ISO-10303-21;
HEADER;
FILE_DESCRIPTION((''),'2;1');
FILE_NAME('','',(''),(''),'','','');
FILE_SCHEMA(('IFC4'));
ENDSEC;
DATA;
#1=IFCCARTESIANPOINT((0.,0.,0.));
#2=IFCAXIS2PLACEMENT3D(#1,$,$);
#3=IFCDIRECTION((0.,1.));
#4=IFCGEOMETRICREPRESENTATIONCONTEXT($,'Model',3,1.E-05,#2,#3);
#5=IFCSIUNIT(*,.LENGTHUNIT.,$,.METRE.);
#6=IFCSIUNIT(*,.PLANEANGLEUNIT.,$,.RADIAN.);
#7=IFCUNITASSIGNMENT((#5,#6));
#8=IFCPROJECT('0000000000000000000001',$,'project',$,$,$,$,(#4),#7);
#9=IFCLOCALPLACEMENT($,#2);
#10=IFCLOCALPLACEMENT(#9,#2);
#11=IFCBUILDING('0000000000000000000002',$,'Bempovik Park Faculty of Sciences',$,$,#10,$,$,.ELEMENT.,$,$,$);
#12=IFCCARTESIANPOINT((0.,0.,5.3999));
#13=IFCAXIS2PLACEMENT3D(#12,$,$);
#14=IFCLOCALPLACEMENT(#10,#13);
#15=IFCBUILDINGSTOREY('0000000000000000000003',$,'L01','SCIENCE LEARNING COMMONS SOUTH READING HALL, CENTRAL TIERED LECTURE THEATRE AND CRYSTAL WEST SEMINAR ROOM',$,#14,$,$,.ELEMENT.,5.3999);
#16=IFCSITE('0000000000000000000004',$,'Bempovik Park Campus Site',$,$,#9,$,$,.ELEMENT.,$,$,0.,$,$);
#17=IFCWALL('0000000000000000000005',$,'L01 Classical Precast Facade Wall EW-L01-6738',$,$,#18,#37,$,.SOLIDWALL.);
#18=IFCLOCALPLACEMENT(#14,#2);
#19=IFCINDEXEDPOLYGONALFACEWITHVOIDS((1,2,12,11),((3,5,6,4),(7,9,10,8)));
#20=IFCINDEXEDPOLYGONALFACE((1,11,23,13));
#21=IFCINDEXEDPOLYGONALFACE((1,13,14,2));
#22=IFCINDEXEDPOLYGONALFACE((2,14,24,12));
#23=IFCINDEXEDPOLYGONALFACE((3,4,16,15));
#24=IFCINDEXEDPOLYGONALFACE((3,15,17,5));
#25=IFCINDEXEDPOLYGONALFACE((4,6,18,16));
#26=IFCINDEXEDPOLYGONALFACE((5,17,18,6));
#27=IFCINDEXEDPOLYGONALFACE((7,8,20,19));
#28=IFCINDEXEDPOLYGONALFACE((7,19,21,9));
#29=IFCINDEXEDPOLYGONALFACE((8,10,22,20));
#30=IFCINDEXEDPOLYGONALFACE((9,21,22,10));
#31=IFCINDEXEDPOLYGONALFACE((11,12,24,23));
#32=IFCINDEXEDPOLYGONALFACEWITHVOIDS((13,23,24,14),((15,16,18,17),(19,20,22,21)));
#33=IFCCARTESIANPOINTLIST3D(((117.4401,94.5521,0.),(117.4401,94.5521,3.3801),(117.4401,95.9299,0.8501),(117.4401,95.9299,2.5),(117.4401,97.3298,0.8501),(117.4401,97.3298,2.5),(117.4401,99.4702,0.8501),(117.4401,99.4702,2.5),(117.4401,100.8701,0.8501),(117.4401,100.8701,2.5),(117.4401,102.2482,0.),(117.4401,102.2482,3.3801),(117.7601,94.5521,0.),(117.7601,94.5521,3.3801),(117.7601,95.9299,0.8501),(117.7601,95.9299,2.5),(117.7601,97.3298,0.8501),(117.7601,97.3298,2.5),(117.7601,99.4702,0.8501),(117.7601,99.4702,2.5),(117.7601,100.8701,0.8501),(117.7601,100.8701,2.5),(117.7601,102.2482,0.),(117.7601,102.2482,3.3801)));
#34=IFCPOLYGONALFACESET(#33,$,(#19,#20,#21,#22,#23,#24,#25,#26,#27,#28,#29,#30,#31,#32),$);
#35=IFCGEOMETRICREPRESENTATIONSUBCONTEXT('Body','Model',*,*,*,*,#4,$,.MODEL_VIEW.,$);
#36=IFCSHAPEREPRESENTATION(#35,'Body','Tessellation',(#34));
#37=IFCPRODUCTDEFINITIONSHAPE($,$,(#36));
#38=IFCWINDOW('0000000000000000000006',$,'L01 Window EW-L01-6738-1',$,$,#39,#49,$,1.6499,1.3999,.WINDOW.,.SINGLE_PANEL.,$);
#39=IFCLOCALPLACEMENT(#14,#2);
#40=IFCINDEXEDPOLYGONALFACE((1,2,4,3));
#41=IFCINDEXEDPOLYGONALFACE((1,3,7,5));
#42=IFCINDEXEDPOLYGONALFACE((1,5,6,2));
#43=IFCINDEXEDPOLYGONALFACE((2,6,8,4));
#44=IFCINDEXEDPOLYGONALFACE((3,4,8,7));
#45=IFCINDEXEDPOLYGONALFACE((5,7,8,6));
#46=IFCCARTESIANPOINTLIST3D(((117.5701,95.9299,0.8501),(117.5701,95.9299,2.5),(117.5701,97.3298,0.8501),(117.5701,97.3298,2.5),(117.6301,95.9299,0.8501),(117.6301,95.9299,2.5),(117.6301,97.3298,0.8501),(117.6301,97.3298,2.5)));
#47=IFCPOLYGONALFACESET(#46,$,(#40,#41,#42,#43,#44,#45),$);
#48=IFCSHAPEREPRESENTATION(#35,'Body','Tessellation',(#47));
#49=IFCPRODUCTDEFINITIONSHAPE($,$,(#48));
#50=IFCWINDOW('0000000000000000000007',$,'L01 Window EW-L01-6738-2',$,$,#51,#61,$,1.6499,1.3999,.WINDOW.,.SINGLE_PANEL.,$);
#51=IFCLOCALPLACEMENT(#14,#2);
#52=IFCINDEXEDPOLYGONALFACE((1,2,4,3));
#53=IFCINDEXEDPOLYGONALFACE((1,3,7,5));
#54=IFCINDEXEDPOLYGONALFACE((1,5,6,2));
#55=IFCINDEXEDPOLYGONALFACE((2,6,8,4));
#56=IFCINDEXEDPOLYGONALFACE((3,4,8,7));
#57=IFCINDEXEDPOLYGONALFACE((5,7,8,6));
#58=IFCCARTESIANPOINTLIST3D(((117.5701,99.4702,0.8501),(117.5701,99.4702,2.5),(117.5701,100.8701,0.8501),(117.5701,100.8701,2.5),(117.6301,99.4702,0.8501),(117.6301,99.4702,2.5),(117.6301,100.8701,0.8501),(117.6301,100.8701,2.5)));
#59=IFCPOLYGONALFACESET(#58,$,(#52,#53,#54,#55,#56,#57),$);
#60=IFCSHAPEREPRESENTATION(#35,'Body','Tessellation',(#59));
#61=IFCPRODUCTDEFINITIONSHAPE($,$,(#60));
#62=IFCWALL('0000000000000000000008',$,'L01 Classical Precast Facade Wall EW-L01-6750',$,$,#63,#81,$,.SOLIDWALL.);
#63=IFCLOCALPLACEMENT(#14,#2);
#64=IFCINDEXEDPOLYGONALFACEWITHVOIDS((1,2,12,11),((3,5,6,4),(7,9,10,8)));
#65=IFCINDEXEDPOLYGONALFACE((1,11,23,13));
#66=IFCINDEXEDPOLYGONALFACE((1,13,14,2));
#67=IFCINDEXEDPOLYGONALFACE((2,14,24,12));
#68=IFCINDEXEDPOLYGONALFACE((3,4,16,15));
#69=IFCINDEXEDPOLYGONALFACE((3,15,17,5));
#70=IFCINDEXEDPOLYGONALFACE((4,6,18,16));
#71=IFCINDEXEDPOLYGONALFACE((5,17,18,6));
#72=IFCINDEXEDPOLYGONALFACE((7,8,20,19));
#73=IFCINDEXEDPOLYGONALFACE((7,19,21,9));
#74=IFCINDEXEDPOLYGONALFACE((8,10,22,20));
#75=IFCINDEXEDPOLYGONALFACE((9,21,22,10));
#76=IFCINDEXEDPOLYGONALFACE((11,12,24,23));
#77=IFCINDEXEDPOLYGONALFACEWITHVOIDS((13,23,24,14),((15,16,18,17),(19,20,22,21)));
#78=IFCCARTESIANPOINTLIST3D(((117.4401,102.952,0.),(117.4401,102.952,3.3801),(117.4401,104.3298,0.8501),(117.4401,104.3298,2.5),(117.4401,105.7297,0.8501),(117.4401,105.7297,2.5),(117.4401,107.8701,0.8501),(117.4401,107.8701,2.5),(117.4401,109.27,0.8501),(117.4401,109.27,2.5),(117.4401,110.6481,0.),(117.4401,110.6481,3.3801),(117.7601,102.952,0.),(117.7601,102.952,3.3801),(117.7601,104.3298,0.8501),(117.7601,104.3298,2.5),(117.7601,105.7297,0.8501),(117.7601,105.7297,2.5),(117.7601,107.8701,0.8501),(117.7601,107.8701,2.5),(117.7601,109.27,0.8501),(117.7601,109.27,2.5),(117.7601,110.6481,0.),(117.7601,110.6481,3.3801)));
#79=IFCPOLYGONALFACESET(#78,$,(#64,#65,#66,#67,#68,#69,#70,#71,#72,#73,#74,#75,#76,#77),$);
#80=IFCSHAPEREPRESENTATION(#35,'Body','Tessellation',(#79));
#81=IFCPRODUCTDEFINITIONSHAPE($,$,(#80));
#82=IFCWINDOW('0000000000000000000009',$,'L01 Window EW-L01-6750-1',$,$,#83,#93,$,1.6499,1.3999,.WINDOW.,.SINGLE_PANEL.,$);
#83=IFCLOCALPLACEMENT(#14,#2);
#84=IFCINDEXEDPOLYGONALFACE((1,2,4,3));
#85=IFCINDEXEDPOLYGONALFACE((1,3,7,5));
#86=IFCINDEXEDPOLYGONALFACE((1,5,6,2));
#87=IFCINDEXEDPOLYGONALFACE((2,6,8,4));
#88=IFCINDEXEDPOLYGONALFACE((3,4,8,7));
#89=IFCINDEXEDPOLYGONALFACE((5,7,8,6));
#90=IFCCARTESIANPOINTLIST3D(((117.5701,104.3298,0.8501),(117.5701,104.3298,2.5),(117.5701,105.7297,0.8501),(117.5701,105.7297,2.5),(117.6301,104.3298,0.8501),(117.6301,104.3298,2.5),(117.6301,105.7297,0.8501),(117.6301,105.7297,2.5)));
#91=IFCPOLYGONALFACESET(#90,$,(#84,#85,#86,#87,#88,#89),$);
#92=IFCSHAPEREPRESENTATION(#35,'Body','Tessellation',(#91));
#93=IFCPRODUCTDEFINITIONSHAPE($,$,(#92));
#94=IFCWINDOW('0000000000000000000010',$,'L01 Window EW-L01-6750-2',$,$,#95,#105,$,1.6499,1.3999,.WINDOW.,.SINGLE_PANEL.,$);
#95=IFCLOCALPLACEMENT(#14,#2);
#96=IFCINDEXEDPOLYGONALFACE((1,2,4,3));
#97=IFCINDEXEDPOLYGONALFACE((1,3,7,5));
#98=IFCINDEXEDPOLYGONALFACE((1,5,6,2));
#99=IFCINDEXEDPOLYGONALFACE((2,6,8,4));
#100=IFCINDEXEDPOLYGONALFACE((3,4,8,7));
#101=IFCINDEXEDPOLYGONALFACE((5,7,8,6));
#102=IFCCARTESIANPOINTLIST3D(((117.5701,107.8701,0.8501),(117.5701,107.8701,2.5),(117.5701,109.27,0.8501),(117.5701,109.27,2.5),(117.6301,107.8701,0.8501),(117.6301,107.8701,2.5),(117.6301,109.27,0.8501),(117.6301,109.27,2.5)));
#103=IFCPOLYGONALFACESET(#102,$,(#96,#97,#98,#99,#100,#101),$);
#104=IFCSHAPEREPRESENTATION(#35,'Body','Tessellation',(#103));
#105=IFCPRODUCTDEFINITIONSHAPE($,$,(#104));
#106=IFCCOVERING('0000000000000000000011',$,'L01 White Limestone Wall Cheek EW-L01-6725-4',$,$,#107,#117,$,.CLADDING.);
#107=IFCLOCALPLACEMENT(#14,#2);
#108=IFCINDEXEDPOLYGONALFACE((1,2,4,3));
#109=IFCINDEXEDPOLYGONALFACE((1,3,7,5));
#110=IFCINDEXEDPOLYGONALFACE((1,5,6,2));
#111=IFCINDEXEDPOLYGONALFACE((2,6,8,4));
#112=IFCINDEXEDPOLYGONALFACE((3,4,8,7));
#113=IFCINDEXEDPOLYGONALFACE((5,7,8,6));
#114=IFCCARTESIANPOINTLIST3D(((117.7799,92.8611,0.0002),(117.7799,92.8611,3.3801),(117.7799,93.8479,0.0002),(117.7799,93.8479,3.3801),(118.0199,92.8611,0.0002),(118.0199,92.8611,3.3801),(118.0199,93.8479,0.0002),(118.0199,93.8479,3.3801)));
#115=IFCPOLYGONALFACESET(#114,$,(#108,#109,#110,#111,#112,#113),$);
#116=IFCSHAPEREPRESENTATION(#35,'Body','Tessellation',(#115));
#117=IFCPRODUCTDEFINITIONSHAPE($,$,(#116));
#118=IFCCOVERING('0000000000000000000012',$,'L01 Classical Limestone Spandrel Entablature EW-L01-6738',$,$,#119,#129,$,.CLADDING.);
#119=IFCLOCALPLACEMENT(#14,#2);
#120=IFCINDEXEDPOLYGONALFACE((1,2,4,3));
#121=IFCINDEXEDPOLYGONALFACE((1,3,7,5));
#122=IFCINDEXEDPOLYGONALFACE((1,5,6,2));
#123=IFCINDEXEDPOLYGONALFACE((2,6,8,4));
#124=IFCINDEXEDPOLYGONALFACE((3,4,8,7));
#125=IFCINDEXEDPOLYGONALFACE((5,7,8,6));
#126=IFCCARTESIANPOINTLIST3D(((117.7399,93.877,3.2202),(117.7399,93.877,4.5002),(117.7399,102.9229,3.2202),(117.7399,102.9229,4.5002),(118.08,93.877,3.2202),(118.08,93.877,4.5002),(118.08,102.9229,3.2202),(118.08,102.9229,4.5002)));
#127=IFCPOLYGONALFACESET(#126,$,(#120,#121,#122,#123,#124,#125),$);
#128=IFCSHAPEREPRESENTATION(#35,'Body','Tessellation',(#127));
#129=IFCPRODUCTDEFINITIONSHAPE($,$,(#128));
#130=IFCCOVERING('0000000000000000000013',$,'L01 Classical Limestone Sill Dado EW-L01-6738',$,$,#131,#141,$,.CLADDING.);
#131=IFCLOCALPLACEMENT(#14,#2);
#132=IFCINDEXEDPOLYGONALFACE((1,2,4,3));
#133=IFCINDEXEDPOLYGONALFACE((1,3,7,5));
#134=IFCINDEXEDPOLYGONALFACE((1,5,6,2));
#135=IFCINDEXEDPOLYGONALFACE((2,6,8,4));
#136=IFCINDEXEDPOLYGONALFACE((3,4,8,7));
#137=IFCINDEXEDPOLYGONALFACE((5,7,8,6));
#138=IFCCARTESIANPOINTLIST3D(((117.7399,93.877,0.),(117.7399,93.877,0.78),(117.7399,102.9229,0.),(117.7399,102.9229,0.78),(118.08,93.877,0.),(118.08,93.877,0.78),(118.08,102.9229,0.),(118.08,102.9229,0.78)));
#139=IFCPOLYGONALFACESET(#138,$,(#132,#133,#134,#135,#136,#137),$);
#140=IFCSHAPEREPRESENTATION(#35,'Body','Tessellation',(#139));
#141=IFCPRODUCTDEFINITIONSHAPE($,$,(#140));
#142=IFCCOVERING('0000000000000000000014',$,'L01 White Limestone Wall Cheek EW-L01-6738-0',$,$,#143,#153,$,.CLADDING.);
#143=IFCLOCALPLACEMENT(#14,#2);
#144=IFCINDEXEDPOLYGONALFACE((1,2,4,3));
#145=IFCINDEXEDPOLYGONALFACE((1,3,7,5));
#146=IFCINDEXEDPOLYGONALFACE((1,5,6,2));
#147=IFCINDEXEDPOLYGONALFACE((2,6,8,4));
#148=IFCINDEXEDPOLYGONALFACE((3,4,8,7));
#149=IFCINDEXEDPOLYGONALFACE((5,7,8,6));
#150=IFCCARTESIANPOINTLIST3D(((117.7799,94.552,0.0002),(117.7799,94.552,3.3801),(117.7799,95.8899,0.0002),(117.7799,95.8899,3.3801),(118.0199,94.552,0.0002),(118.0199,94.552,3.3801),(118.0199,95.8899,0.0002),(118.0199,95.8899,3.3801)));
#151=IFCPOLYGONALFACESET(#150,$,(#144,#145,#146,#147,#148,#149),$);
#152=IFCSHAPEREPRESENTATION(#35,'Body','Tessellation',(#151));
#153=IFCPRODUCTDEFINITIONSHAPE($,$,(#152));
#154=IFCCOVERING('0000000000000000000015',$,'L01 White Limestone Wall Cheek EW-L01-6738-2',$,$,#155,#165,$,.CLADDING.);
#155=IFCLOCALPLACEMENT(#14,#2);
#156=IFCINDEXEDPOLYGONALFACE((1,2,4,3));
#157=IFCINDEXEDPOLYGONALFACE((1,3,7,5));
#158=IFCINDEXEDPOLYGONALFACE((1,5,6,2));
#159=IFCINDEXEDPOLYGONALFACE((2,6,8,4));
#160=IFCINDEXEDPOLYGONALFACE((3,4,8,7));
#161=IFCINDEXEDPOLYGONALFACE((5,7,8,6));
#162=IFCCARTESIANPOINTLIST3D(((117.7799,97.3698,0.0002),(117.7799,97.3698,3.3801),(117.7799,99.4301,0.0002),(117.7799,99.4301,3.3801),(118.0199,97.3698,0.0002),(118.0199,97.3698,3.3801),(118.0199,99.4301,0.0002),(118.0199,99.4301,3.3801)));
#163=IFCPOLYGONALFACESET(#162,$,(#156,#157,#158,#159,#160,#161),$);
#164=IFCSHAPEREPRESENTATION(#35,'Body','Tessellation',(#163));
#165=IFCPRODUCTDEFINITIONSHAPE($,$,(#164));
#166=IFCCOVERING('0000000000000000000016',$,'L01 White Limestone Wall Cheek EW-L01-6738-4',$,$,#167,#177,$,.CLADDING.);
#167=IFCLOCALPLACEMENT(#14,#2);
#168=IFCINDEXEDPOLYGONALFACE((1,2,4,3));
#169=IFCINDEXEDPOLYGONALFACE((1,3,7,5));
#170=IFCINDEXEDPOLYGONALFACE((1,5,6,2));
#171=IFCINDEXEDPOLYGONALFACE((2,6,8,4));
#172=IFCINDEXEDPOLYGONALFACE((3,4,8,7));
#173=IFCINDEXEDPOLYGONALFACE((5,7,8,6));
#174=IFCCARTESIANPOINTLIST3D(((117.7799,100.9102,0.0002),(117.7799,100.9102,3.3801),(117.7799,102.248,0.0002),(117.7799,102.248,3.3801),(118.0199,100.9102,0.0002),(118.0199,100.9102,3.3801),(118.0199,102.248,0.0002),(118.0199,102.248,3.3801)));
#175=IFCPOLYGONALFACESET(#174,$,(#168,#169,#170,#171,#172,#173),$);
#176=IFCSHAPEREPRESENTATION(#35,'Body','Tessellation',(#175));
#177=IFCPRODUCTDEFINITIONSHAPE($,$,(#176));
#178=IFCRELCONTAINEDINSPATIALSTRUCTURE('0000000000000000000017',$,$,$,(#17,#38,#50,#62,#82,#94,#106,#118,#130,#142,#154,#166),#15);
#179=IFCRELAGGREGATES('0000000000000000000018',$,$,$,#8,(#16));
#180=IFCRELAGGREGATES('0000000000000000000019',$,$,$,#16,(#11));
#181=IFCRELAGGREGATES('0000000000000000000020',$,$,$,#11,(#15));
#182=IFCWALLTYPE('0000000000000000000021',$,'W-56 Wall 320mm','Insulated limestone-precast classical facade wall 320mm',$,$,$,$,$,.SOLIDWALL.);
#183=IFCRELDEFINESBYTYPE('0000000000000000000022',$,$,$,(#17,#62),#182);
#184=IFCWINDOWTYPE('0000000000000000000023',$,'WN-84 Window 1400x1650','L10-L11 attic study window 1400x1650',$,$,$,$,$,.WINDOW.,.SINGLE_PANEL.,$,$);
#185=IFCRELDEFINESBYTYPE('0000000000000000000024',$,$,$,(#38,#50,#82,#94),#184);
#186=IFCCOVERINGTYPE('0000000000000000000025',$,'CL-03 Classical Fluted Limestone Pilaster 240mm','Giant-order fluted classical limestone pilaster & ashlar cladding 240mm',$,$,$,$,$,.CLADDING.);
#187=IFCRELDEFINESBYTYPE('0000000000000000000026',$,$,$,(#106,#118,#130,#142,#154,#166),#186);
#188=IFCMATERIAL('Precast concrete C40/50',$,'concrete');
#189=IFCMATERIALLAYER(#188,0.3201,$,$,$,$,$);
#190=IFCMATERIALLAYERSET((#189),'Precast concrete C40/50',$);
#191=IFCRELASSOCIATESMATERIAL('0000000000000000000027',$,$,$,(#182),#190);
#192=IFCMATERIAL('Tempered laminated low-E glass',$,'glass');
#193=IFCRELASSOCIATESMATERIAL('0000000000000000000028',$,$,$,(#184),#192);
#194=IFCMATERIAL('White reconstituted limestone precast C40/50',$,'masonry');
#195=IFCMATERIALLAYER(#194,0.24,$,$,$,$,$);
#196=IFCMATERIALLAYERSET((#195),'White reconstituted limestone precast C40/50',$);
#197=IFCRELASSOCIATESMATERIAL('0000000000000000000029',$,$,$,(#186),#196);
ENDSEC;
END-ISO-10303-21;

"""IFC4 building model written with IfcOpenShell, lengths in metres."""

from ifc_helpers import new_model, si_unit, direction, frame, frame_2d, origin, origin_2d, place, context, subcontext, project, spatial, rectangle, extrude, material, layer, layer_set, type_object, element, fill, save


model = new_model("IFC4")

# Units and contexts
model_context = context("Model", 3, precision=1e-05, world=origin(), true_north=direction((0.0, 1.0)))
body_context = subcontext(model_context, "Body", "Model", "MODEL_VIEW")
ifc_project = project(units=[si_unit("LENGTHUNIT", "METRE"), si_unit("PLANEANGLEUNIT", "RADIAN")], contexts=[model_context])

# Site, building, storey
site_placement = place(None, origin())
site = spatial("IfcSite", under=ifc_project, at=site_placement, Name="Bempovik Park Campus Site", CompositionType="ELEMENT", RefElevation=0.0)
building_placement = place(site_placement, origin())
building = spatial("IfcBuilding", under=site, at=building_placement, Name="Bempovik Park Faculty of Sciences", CompositionType="ELEMENT")
storey_placement = place(building_placement, frame((0.0, 0.0, 5.3999)))
storey = spatial("IfcBuildingStorey", under=building, at=storey_placement, Name="L01", Description="SCIENCE LEARNING COMMONS SOUTH READING HALL, CENTRAL TIERED LECTURE THEATRE AND CRYSTAL WEST SEMINAR ROOM", CompositionType="ELEMENT", Elevation=5.3999)

# Walls, openings, windows
ifc_material_1 = material(Name="Precast concrete C40/50", Category="concrete")
ifc_layer_1 = layer(ifc_material_1, 0.3201)
ifc_layer_set_1 = layer_set([ifc_layer_1], Name="Precast concrete C40/50")
wall_type = type_object("IfcWallType", Name="W-56 Wall 320mm", Description="Insulated limestone-precast classical facade wall 320mm", PredefinedType="SOLIDWALL", material=ifc_layer_set_1)
wall_1_placement = place(storey_placement, frame((117.6001, 94.552, 0.0), z_axis=(0.0, 0.0, 1.0), x_axis=(0.0, 1.0, 0.0)))
wall_1 = element("IfcWall", 1, at=wall_1_placement, inside=storey, type_object=wall_type, Name="L01 Classical Precast Facade Wall EW-L01-6738", PredefinedType="SOLIDWALL", context=body_context, shape_type="SweptSolid", body=[
    extrude(rectangle(XDim=7.696, YDim=0.3201, at=frame_2d((3.8481, 0.0))), origin(), (0.0, 0.0, 1.0), 3.3801),
])
opening_1_placement = place(wall_1_placement, frame((1.3779, 0.0, 0.8501)))
opening_1 = element("IfcOpeningElement", 2, at=opening_1_placement, cuts=wall_1, PredefinedType="OPENING", context=body_context, shape_type="SweptSolid", body=[
    extrude(rectangle(XDim=1.3999, YDim=1.6499, at=frame_2d((0.7, 0.825))), frame((0.0, 0.1699, 0.0), z_axis=(0.0, -1.0, 0.0), x_axis=(1.0, 0.0, 0.0)), (0.0, 0.0, 1.0), 0.3401),
])
opening_2_placement = place(wall_1_placement, frame((4.9182, 0.0, 0.8501)))
opening_2 = element("IfcOpeningElement", 3, at=opening_2_placement, cuts=wall_1, PredefinedType="OPENING", context=body_context, shape_type="SweptSolid", body=[
    extrude(rectangle(XDim=1.3999, YDim=1.6499, at=frame_2d((0.7, 0.825))), frame((0.0, 0.1699, 0.0), z_axis=(0.0, -1.0, 0.0), x_axis=(1.0, 0.0, 0.0)), (0.0, 0.0, 1.0), 0.3401),
])
ifc_material_2 = material(Name="Tempered laminated low-E glass", Category="glass")
window_type = type_object("IfcWindowType", Name="WN-84 Window 1400x1650", Description="L10-L11 attic study window 1400x1650", PartitioningType="SINGLE_PANEL", PredefinedType="WINDOW", material=ifc_material_2)
window_1_placement = place(opening_1_placement, origin())
window_1 = element("IfcWindow", 4, at=window_1_placement, inside=storey, type_object=window_type, Name="L01 Window EW-L01-6738-1", OverallHeight=1.6499, OverallWidth=1.3999, PartitioningType="SINGLE_PANEL", PredefinedType="WINDOW", context=body_context, shape_type="SweptSolid", body=[
    extrude(rectangle(XDim=1.3999, YDim=1.6499, at=frame_2d((0.7, 0.825))), frame((0.0, 0.03, 0.0), z_axis=(0.0, -1.0, 0.0), x_axis=(1.0, 0.0, 0.0)), (0.0, 0.0, 1.0), 0.0601),
])
fill(opening_1, window_1)
window_2_placement = place(opening_2_placement, origin())
window_2 = element("IfcWindow", 5, at=window_2_placement, inside=storey, type_object=window_type, Name="L01 Window EW-L01-6738-2", OverallHeight=1.6499, OverallWidth=1.3999, PartitioningType="SINGLE_PANEL", PredefinedType="WINDOW", context=body_context, shape_type="SweptSolid", body=[
    extrude(rectangle(XDim=1.3999, YDim=1.6499, at=frame_2d((0.7, 0.825))), frame((0.0, 0.03, 0.0), z_axis=(0.0, -1.0, 0.0), x_axis=(1.0, 0.0, 0.0)), (0.0, 0.0, 1.0), 0.0601),
])
fill(opening_2, window_2)
wall_2_placement = place(storey_placement, frame((117.6001, 102.9519, 0.0), z_axis=(0.0, 0.0, 1.0), x_axis=(0.0, 1.0, 0.0)))
wall_2 = element("IfcWall", 6, at=wall_2_placement, inside=storey, type_object=wall_type, Name="L01 Classical Precast Facade Wall EW-L01-6750", PredefinedType="SOLIDWALL", context=body_context, shape_type="SweptSolid", body=[
    extrude(rectangle(XDim=7.696, YDim=0.3201, at=frame_2d((3.8481, 0.0))), origin(), (0.0, 0.0, 1.0), 3.3801),
])
opening_3_placement = place(wall_2_placement, frame((1.3779, 0.0, 0.8501)))
opening_3 = element("IfcOpeningElement", 7, at=opening_3_placement, cuts=wall_2, PredefinedType="OPENING", context=body_context, shape_type="SweptSolid", body=[
    extrude(rectangle(XDim=1.3999, YDim=1.6499, at=frame_2d((0.7, 0.825))), frame((0.0, 0.1699, 0.0), z_axis=(0.0, -1.0, 0.0), x_axis=(1.0, 0.0, 0.0)), (0.0, 0.0, 1.0), 0.3401),
])
opening_4_placement = place(wall_2_placement, frame((4.9182, 0.0, 0.8501)))
opening_4 = element("IfcOpeningElement", 8, at=opening_4_placement, cuts=wall_2, PredefinedType="OPENING", context=body_context, shape_type="SweptSolid", body=[
    extrude(rectangle(XDim=1.3999, YDim=1.6499, at=frame_2d((0.7, 0.825))), frame((0.0, 0.1699, 0.0), z_axis=(0.0, -1.0, 0.0), x_axis=(1.0, 0.0, 0.0)), (0.0, 0.0, 1.0), 0.3401),
])
window_3_placement = place(opening_3_placement, origin())
window_3 = element("IfcWindow", 9, at=window_3_placement, inside=storey, type_object=window_type, Name="L01 Window EW-L01-6750-1", OverallHeight=1.6499, OverallWidth=1.3999, PartitioningType="SINGLE_PANEL", PredefinedType="WINDOW", context=body_context, shape_type="SweptSolid", body=[
    extrude(rectangle(XDim=1.3999, YDim=1.6499, at=frame_2d((0.7, 0.825))), frame((0.0, 0.03, 0.0), z_axis=(0.0, -1.0, 0.0), x_axis=(1.0, 0.0, 0.0)), (0.0, 0.0, 1.0), 0.0601),
])
fill(opening_3, window_3)
window_4_placement = place(opening_4_placement, origin())
window_4 = element("IfcWindow", 10, at=window_4_placement, inside=storey, type_object=window_type, Name="L01 Window EW-L01-6750-2", OverallHeight=1.6499, OverallWidth=1.3999, PartitioningType="SINGLE_PANEL", PredefinedType="WINDOW", context=body_context, shape_type="SweptSolid", body=[
    extrude(rectangle(XDim=1.3999, YDim=1.6499, at=frame_2d((0.7, 0.825))), frame((0.0, 0.03, 0.0), z_axis=(0.0, -1.0, 0.0), x_axis=(1.0, 0.0, 0.0)), (0.0, 0.0, 1.0), 0.0601),
])
fill(opening_4, window_4)

# Coverings
ifc_material_3 = material(Name="White reconstituted limestone precast C40/50", Category="masonry")
ifc_layer_2 = layer(ifc_material_3, 0.24)
ifc_layer_set_2 = layer_set([ifc_layer_2], Name="White reconstituted limestone precast C40/50")
covering_type = type_object("IfcCoveringType", Name="CL-03 Classical Fluted Limestone Pilaster 240mm", Description="Giant-order fluted classical limestone pilaster & ashlar cladding 240mm", PredefinedType="CLADDING", material=ifc_layer_set_2)
covering_1_placement = place(storey_placement, frame((117.8999, 93.3545, 0.0002), z_axis=(0.0, 0.0, 1.0), x_axis=(1.0, 0.0, 0.0)))
element("IfcCovering", 11, at=covering_1_placement, inside=storey, type_object=covering_type, Name="L01 White Limestone Wall Cheek EW-L01-6725-4", PredefinedType="CLADDING", context=body_context, shape_type="SweptSolid", body=[
    extrude(rectangle(XDim=0.24, YDim=0.9868, at=origin_2d()), origin(), (0.0, 0.0, 1.0), 3.3799),
])
covering_2_placement = place(storey_placement, frame((117.9099, 98.3999, 3.2202), z_axis=(0.0, 0.0, 1.0), x_axis=(1.0, 0.0, 0.0)))
element("IfcCovering", 12, at=covering_2_placement, inside=storey, type_object=covering_type, Name="L01 Classical Limestone Spandrel Entablature EW-L01-6738", PredefinedType="CLADDING", context=body_context, shape_type="SweptSolid", body=[
    extrude(rectangle(XDim=0.3401, YDim=9.0459, at=origin_2d()), origin(), (0.0, 0.0, 1.0), 1.28),
])
covering_3_placement = place(storey_placement, frame((117.9099, 98.3999, 0.0), z_axis=(0.0, 0.0, 1.0), x_axis=(1.0, 0.0, 0.0)))
element("IfcCovering", 13, at=covering_3_placement, inside=storey, type_object=covering_type, Name="L01 Classical Limestone Sill Dado EW-L01-6738", PredefinedType="CLADDING", context=body_context, shape_type="SweptSolid", body=[
    extrude(rectangle(XDim=0.3401, YDim=9.0459, at=origin_2d()), origin(), (0.0, 0.0, 1.0), 0.78),
])
covering_4_placement = place(storey_placement, frame((117.8999, 95.2209, 0.0002), z_axis=(0.0, 0.0, 1.0), x_axis=(1.0, 0.0, 0.0)))
element("IfcCovering", 14, at=covering_4_placement, inside=storey, type_object=covering_type, Name="L01 White Limestone Wall Cheek EW-L01-6738-0", PredefinedType="CLADDING", context=body_context, shape_type="SweptSolid", body=[
    extrude(rectangle(XDim=0.24, YDim=1.3379, at=origin_2d()), origin(), (0.0, 0.0, 1.0), 3.3799),
])
covering_5_placement = place(storey_placement, frame((117.8999, 98.3999, 0.0002), z_axis=(0.0, 0.0, 1.0), x_axis=(1.0, 0.0, 0.0)))
element("IfcCovering", 15, at=covering_5_placement, inside=storey, type_object=covering_type, Name="L01 White Limestone Wall Cheek EW-L01-6738-2", PredefinedType="CLADDING", context=body_context, shape_type="SweptSolid", body=[
    extrude(rectangle(XDim=0.24, YDim=2.0603, at=origin_2d()), origin(), (0.0, 0.0, 1.0), 3.3799),
])
for number, where, z_axis, x_axis, name in (
    (16, (117.8999, 101.5791, 0.0002), (0.0, 0.0, 1.0), (1.0, 0.0, 0.0), "L01 White Limestone Wall Cheek EW-L01-6738-4"),
):
    element("IfcCovering", number, at=place(storey_placement, frame(where, z_axis=z_axis, x_axis=x_axis)), inside=storey, type_object=covering_type, Name=name, PredefinedType="CLADDING", context=body_context, shape_type="SweptSolid", body=[
        extrude(rectangle(XDim=0.24, YDim=1.3379, at=origin_2d()), origin(), (0.0, 0.0, 1.0), 3.3799),
    ])

save(model, "model.ifc")
